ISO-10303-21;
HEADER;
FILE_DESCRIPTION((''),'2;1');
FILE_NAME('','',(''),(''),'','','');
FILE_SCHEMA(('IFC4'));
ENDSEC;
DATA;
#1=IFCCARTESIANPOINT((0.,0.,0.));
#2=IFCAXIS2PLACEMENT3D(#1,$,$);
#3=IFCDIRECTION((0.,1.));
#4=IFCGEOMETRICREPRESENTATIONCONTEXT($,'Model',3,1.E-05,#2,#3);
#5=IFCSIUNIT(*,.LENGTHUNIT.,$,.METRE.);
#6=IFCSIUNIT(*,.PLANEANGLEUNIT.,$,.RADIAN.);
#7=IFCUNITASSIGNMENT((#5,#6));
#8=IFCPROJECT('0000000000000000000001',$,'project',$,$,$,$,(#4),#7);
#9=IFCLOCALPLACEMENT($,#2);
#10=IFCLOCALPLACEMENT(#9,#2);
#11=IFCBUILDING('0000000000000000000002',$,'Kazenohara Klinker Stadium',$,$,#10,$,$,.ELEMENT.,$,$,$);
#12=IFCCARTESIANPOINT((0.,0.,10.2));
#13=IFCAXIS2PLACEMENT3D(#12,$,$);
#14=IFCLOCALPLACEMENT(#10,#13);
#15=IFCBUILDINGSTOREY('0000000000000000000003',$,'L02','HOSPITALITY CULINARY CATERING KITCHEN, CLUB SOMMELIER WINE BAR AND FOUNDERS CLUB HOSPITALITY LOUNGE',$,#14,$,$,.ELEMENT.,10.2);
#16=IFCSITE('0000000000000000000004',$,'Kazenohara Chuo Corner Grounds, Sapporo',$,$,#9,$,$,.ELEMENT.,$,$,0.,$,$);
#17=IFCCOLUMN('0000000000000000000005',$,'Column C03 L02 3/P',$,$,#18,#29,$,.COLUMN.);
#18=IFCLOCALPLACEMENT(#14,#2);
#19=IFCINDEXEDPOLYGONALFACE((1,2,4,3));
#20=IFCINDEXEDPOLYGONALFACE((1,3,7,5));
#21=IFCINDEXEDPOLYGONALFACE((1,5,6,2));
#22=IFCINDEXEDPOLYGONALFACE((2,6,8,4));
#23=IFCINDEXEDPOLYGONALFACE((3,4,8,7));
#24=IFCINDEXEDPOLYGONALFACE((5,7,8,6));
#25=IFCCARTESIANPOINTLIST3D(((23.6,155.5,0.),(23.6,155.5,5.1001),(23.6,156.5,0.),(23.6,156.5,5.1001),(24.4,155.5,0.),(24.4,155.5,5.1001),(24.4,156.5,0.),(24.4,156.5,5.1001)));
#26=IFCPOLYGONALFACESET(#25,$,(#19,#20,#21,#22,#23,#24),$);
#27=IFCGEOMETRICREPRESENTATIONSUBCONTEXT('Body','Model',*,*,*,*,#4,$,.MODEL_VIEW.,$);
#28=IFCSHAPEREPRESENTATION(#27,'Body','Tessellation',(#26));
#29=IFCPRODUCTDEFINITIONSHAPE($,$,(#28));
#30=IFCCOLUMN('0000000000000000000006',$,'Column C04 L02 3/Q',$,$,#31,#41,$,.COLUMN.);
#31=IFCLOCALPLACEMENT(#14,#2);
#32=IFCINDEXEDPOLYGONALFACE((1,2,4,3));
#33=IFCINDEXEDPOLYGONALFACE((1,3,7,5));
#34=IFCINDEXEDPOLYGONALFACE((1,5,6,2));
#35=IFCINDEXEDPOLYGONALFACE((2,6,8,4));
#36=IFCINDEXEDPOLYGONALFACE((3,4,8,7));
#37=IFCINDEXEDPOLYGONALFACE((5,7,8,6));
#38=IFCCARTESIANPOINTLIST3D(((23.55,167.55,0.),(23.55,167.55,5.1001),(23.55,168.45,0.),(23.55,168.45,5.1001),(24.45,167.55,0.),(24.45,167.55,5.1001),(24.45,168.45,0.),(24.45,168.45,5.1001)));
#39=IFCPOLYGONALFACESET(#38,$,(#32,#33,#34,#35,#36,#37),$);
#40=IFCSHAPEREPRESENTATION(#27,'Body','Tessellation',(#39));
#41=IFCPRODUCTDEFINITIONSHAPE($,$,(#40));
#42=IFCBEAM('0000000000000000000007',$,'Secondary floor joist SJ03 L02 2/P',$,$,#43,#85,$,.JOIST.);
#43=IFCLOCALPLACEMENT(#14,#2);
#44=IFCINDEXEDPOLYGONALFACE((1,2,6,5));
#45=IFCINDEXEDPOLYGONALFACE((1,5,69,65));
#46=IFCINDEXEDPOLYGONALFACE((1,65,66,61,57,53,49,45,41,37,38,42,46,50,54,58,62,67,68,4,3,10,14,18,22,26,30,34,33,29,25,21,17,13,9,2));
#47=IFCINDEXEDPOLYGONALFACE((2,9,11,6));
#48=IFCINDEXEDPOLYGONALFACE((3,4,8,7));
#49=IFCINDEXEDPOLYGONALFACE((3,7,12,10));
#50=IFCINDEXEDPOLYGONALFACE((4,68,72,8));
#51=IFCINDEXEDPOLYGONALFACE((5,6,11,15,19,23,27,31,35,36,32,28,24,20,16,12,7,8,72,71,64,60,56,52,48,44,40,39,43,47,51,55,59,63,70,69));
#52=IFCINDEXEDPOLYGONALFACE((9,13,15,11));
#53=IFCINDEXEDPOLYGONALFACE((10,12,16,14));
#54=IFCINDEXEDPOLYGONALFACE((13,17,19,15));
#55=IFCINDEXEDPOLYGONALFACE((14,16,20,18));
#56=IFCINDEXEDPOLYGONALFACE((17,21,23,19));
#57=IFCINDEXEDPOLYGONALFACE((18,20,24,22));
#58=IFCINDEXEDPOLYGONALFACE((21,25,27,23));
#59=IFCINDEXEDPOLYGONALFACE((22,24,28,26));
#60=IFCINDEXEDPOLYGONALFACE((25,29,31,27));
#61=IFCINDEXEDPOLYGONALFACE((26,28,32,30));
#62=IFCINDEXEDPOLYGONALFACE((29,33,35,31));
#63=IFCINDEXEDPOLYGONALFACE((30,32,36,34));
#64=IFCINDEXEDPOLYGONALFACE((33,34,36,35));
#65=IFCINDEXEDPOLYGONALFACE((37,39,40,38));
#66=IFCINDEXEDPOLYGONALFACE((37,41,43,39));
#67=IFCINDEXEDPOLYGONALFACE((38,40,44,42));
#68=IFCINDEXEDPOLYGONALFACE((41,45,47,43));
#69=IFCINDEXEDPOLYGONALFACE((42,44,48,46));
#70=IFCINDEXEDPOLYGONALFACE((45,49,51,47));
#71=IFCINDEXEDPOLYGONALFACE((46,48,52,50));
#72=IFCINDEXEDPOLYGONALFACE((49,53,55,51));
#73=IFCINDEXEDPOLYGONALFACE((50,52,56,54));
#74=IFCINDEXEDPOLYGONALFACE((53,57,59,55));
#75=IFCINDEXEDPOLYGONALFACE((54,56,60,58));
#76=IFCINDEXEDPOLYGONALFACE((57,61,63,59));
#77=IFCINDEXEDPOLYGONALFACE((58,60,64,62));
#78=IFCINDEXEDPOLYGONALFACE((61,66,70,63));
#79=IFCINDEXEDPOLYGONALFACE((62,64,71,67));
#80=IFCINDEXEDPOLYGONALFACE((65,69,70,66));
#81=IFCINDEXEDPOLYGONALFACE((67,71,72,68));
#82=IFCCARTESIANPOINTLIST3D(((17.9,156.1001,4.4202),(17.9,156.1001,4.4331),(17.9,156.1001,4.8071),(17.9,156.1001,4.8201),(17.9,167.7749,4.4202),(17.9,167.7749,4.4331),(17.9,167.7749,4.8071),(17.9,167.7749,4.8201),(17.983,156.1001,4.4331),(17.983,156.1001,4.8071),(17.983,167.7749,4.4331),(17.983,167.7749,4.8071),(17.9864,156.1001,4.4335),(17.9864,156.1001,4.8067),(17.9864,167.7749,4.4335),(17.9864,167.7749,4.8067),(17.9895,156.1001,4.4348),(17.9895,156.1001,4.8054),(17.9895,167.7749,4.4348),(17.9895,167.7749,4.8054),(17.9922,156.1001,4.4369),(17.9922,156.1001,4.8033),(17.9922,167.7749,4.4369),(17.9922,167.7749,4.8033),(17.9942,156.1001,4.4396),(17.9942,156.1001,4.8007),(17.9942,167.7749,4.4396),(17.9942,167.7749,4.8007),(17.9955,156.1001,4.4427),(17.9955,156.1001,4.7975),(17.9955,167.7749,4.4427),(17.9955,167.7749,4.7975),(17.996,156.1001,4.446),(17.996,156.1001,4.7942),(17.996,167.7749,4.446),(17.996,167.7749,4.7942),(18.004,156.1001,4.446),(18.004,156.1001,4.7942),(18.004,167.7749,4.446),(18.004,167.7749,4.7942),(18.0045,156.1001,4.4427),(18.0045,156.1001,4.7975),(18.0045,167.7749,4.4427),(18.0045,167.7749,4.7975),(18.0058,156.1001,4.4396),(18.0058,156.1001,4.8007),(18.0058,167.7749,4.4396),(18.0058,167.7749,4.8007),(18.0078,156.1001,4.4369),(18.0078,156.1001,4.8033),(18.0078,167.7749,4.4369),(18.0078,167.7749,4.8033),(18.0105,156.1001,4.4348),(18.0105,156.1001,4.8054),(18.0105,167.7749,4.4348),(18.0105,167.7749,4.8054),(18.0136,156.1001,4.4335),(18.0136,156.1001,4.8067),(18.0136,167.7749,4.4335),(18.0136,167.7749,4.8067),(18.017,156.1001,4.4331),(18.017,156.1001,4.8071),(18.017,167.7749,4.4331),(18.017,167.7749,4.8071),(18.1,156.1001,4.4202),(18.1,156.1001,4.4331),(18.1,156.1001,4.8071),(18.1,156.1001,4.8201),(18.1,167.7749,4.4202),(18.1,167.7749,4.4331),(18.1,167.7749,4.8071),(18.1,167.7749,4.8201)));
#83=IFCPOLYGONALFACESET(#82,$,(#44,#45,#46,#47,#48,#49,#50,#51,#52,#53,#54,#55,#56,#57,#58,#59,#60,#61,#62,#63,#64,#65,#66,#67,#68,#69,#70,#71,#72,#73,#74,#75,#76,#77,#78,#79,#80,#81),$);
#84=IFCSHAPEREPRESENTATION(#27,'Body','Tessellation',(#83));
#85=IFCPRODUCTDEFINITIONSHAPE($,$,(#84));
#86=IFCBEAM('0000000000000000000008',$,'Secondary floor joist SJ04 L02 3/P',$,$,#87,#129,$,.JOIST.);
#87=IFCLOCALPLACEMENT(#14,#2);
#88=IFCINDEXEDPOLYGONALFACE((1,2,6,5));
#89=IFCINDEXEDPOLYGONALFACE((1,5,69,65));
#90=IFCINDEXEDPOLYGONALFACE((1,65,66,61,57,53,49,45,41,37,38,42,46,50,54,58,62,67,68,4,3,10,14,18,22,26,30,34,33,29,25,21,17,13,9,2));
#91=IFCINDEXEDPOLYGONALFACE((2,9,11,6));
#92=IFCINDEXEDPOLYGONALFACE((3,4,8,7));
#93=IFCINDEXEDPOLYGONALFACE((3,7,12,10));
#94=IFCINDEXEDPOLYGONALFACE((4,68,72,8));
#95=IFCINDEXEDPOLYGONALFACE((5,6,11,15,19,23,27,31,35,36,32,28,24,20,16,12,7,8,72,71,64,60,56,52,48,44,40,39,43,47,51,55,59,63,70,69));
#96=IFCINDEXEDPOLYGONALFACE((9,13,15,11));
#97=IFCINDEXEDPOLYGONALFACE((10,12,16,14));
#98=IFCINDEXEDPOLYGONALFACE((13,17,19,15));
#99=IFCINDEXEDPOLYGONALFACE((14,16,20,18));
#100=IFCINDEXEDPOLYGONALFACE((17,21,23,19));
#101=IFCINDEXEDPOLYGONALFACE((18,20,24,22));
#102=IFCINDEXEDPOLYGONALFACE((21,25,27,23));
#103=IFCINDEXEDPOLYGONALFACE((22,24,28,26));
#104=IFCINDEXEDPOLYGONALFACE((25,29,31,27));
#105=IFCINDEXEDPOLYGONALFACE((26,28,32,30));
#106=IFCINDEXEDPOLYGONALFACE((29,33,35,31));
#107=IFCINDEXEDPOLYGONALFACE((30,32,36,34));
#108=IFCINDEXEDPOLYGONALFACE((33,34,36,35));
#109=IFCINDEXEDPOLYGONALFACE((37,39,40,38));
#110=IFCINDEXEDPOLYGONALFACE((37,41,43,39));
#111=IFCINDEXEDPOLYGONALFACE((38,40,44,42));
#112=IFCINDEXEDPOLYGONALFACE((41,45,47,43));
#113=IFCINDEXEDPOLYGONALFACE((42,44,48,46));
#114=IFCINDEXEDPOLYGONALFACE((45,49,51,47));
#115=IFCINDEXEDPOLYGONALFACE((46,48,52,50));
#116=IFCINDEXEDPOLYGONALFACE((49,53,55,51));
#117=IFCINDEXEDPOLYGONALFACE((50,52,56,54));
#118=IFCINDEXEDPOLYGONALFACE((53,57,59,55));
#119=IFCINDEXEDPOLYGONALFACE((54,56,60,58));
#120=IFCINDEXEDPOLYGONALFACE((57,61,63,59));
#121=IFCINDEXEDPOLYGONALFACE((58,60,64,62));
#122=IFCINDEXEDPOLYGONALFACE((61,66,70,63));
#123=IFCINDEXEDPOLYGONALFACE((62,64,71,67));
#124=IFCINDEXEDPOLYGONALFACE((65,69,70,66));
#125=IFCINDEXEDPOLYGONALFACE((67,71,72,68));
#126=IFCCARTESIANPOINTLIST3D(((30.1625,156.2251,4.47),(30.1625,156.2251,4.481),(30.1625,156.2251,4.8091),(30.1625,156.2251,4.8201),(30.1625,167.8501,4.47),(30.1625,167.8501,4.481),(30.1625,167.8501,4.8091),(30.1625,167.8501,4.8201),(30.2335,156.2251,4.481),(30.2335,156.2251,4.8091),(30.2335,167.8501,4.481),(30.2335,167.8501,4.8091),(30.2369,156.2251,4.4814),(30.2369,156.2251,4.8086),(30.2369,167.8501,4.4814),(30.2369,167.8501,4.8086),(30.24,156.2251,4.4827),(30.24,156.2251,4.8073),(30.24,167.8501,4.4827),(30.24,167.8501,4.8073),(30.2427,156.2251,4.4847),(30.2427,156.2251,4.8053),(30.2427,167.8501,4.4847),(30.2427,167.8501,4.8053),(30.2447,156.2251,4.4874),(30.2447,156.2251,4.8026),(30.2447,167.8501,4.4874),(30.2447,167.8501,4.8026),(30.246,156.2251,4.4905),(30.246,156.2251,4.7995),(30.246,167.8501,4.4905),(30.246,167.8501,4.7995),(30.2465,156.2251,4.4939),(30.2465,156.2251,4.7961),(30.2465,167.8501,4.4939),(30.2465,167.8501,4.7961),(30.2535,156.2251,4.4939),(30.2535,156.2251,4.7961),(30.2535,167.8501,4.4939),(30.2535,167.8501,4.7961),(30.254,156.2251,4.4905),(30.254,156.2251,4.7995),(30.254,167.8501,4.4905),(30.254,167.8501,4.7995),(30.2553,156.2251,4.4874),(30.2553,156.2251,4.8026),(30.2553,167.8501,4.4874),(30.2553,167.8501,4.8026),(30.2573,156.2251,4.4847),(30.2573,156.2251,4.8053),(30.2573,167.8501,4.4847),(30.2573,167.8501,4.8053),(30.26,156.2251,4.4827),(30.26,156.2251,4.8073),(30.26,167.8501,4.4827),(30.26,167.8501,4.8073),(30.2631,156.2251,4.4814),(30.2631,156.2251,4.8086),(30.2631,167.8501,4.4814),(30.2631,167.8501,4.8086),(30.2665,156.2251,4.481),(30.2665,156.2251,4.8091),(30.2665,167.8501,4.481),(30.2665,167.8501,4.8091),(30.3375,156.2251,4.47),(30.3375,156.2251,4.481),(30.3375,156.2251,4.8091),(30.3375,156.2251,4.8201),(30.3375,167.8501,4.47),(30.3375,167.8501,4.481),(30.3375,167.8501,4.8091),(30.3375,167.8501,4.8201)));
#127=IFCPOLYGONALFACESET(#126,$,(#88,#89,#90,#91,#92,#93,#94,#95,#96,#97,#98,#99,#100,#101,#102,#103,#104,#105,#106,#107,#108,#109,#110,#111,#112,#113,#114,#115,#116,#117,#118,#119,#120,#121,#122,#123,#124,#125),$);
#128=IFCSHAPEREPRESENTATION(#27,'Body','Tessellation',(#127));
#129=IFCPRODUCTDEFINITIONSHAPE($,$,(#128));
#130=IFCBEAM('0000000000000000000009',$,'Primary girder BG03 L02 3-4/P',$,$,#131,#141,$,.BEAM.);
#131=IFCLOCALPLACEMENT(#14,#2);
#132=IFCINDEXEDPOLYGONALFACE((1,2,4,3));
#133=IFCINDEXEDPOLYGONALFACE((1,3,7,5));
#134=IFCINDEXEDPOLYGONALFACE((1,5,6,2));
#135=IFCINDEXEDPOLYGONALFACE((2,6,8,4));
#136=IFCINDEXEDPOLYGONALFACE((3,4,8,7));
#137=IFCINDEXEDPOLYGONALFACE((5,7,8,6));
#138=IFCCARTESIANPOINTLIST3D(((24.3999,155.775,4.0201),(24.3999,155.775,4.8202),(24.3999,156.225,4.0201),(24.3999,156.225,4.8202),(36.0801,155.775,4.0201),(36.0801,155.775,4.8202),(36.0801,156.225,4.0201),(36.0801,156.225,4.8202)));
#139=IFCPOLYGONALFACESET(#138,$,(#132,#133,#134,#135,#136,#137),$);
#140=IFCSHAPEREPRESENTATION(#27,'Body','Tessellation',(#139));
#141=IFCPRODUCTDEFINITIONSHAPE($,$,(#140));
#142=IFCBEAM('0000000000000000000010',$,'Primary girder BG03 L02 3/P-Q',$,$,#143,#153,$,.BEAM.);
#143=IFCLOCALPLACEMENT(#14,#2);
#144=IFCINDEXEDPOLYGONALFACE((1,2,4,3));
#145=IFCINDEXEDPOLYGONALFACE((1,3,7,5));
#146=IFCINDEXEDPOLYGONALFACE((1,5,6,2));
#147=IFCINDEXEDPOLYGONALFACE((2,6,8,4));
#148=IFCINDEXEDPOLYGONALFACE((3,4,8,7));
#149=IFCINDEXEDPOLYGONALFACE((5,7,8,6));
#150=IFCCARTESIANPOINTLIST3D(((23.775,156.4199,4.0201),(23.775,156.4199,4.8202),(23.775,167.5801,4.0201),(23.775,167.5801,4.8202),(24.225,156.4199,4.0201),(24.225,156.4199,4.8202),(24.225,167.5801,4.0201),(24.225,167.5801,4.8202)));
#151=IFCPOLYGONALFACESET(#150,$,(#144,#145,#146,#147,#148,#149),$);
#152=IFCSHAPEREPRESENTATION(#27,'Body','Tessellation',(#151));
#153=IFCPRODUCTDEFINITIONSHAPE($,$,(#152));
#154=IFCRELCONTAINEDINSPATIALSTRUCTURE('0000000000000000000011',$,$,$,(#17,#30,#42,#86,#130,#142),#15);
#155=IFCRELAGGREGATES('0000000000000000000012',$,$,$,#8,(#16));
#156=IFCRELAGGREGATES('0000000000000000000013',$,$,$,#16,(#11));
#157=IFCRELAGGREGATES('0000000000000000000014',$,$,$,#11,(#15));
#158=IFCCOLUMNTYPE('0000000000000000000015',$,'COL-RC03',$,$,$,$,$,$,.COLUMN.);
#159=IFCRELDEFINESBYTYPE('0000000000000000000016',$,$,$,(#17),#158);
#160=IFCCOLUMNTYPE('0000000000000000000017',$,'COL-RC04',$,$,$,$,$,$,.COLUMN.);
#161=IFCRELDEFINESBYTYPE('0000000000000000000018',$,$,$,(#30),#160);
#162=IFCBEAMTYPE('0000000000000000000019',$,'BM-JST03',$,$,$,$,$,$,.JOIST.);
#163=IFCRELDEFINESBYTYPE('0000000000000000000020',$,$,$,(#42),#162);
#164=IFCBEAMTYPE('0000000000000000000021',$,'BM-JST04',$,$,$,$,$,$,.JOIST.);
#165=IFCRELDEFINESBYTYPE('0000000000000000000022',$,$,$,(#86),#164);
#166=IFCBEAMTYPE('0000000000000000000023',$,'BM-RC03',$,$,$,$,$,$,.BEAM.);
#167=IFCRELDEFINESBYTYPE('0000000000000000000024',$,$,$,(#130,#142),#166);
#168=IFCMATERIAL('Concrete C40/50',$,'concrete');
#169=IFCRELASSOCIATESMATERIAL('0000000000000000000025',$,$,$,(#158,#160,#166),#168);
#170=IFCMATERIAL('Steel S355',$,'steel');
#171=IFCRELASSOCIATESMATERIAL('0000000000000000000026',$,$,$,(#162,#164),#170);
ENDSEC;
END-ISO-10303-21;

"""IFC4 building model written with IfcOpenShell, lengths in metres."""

from ifc_helpers import new_model, si_unit, direction, frame, origin, origin_2d, place, context, subcontext, project, spatial, rectangle, i_section, extrude, material, material_profile, profile_set, type_object, element, save


model = new_model("IFC4")

# Units and contexts
model_context = context("Model", 3, precision=1e-05, world=origin(), true_north=direction((0.0, 1.0)))
body_context = subcontext(model_context, "Body", "Model", "MODEL_VIEW")
ifc_project = project(units=[si_unit("LENGTHUNIT", "METRE"), si_unit("PLANEANGLEUNIT", "RADIAN")], contexts=[model_context])

# Site, building, storey
site_placement = place(None, origin())
site = spatial("IfcSite", under=ifc_project, at=site_placement, Name="Kazenohara Chuo Corner Grounds, Sapporo", CompositionType="ELEMENT", RefElevation=0.0)
building_placement = place(site_placement, origin())
building = spatial("IfcBuilding", under=site, at=building_placement, Name="Kazenohara Klinker Stadium", CompositionType="ELEMENT")
storey_placement = place(building_placement, frame((0.0, 0.0, 10.2)))
storey = spatial("IfcBuildingStorey", under=building, at=storey_placement, Name="L02", Description="HOSPITALITY CULINARY CATERING KITCHEN, CLUB SOMMELIER WINE BAR AND FOUNDERS CLUB HOSPITALITY LOUNGE", CompositionType="ELEMENT", Elevation=10.2)

# Columns
ifc_material_1 = material(Name="Concrete C40/50", Category="concrete")
ifc_material_profile_1 = material_profile(ifc_material_1, rectangle(XDim=0.8, YDim=1.0, at=origin_2d()), Name="RC-COL-1000x800")
ifc_profile_set_1 = profile_set([ifc_material_profile_1], Name="Concrete C40/50")
column_type_1 = type_object("IfcColumnType", Name="COL-RC03", PredefinedType="COLUMN", material=ifc_profile_set_1)
column_1_placement = place(storey_placement, frame((24.0, 156.0, 0.0), z_axis=(0.0, 0.0, 1.0), x_axis=(1.0, 0.0, 0.0)))
element("IfcColumn", 1, at=column_1_placement, inside=storey, type_object=column_type_1, Name="Column C03 L02 3/P", PredefinedType="COLUMN", context=body_context, shape_type="SweptSolid", body=[
    extrude(rectangle(XDim=0.8, YDim=1.0, at=origin_2d()), origin(), (0.0, 0.0, 1.0), 5.1001),
])
ifc_material_profile_2 = material_profile(ifc_material_1, rectangle(XDim=0.8999, YDim=0.8999, at=origin_2d()), Name="RC-COL-900x900")
ifc_profile_set_2 = profile_set([ifc_material_profile_2], Name="Concrete C40/50")
column_type_2 = type_object("IfcColumnType", Name="COL-RC04", PredefinedType="COLUMN", material=ifc_profile_set_2)
column_2_placement = place(storey_placement, frame((24.0, 168.0, 0.0), z_axis=(0.0, 0.0, 1.0), x_axis=(1.0, 0.0, 0.0)))
element("IfcColumn", 2, at=column_2_placement, inside=storey, type_object=column_type_2, Name="Column C04 L02 3/Q", PredefinedType="COLUMN", context=body_context, shape_type="SweptSolid", body=[
    extrude(rectangle(XDim=0.8999, YDim=0.8999, at=origin_2d()), origin(), (0.0, 0.0, 1.0), 5.1001),
])

# Beams
ifc_material_2 = material(Name="Steel S355", Category="steel")
ifc_material_profile_3 = material_profile(ifc_material_2, i_section(OverallWidth=0.2, OverallDepth=0.3999, WebThickness=0.0081, FlangeThickness=0.0129, FilletRadius=0.0129, at=origin_2d()), Name="H-400x200x8x13")
ifc_profile_set_3 = profile_set([ifc_material_profile_3], Name="Steel S355")
beam_type_1 = type_object("IfcBeamType", Name="BM-JST03", PredefinedType="JOIST", material=ifc_profile_set_3)
beam_1_placement = place(storey_placement, frame((18.0, 156.1001, 4.6201), z_axis=(0.0, 1.0, 0.0), x_axis=(-1.0, 0.0, 0.0)))
element("IfcBeam", 3, at=beam_1_placement, inside=storey, type_object=beam_type_1, Name="Secondary floor joist SJ03 L02 2/P", PredefinedType="JOIST", context=body_context, shape_type="SweptSolid", body=[
    extrude(i_section(OverallWidth=0.2, OverallDepth=0.3999, WebThickness=0.0081, FlangeThickness=0.0129, FilletRadius=0.0129, at=origin_2d()), origin(), (0.0, 0.0, 1.0), 11.6748),
])
ifc_material_profile_4 = material_profile(ifc_material_2, i_section(OverallWidth=0.175, OverallDepth=0.3501, WebThickness=0.0071, FlangeThickness=0.011, FilletRadius=0.0129, at=origin_2d()), Name="H-350x175x7x11")
ifc_profile_set_4 = profile_set([ifc_material_profile_4], Name="Steel S355")
beam_type_2 = type_object("IfcBeamType", Name="BM-JST04", PredefinedType="JOIST", material=ifc_profile_set_4)
beam_2_placement = place(storey_placement, frame((30.25, 156.2251, 4.645), z_axis=(0.0, 1.0, 0.0), x_axis=(-1.0, 0.0, 0.0)))
element("IfcBeam", 4, at=beam_2_placement, inside=storey, type_object=beam_type_2, Name="Secondary floor joist SJ04 L02 3/P", PredefinedType="JOIST", context=body_context, shape_type="SweptSolid", body=[
    extrude(i_section(OverallWidth=0.175, OverallDepth=0.3501, WebThickness=0.0071, FlangeThickness=0.011, FilletRadius=0.0129, at=origin_2d()), origin(), (0.0, 0.0, 1.0), 11.625),
])
ifc_material_profile_5 = material_profile(ifc_material_1, rectangle(XDim=0.45, YDim=0.8, at=origin_2d()), Name="RC-BM-450x800")
ifc_profile_set_5 = profile_set([ifc_material_profile_5], Name="Concrete C40/50")
beam_type_3 = type_object("IfcBeamType", Name="BM-RC03", PredefinedType="BEAM", material=ifc_profile_set_5)
beam_3_placement = place(storey_placement, frame((24.3999, 156.0, 4.4202), z_axis=(1.0, 0.0, 0.0), x_axis=(0.0, 1.0, 0.0)))
element("IfcBeam", 5, at=beam_3_placement, inside=storey, type_object=beam_type_3, Name="Primary girder BG03 L02 3-4/P", PredefinedType="BEAM", context=body_context, shape_type="SweptSolid", body=[
    extrude(rectangle(XDim=0.45, YDim=0.8, at=origin_2d()), origin(), (0.0, 0.0, 1.0), 11.6802),
])
beam_4_placement = place(storey_placement, frame((24.0, 156.4199, 4.4202), z_axis=(0.0, 1.0, 0.0), x_axis=(-1.0, 0.0, 0.0)))
element("IfcBeam", 6, at=beam_4_placement, inside=storey, type_object=beam_type_3, Name="Primary girder BG03 L02 3/P-Q", PredefinedType="BEAM", context=body_context, shape_type="SweptSolid", body=[
    extrude(rectangle(XDim=0.45, YDim=0.8, at=origin_2d()), origin(), (0.0, 0.0, 1.0), 11.1602),
])

save(model, "model.ifc")
